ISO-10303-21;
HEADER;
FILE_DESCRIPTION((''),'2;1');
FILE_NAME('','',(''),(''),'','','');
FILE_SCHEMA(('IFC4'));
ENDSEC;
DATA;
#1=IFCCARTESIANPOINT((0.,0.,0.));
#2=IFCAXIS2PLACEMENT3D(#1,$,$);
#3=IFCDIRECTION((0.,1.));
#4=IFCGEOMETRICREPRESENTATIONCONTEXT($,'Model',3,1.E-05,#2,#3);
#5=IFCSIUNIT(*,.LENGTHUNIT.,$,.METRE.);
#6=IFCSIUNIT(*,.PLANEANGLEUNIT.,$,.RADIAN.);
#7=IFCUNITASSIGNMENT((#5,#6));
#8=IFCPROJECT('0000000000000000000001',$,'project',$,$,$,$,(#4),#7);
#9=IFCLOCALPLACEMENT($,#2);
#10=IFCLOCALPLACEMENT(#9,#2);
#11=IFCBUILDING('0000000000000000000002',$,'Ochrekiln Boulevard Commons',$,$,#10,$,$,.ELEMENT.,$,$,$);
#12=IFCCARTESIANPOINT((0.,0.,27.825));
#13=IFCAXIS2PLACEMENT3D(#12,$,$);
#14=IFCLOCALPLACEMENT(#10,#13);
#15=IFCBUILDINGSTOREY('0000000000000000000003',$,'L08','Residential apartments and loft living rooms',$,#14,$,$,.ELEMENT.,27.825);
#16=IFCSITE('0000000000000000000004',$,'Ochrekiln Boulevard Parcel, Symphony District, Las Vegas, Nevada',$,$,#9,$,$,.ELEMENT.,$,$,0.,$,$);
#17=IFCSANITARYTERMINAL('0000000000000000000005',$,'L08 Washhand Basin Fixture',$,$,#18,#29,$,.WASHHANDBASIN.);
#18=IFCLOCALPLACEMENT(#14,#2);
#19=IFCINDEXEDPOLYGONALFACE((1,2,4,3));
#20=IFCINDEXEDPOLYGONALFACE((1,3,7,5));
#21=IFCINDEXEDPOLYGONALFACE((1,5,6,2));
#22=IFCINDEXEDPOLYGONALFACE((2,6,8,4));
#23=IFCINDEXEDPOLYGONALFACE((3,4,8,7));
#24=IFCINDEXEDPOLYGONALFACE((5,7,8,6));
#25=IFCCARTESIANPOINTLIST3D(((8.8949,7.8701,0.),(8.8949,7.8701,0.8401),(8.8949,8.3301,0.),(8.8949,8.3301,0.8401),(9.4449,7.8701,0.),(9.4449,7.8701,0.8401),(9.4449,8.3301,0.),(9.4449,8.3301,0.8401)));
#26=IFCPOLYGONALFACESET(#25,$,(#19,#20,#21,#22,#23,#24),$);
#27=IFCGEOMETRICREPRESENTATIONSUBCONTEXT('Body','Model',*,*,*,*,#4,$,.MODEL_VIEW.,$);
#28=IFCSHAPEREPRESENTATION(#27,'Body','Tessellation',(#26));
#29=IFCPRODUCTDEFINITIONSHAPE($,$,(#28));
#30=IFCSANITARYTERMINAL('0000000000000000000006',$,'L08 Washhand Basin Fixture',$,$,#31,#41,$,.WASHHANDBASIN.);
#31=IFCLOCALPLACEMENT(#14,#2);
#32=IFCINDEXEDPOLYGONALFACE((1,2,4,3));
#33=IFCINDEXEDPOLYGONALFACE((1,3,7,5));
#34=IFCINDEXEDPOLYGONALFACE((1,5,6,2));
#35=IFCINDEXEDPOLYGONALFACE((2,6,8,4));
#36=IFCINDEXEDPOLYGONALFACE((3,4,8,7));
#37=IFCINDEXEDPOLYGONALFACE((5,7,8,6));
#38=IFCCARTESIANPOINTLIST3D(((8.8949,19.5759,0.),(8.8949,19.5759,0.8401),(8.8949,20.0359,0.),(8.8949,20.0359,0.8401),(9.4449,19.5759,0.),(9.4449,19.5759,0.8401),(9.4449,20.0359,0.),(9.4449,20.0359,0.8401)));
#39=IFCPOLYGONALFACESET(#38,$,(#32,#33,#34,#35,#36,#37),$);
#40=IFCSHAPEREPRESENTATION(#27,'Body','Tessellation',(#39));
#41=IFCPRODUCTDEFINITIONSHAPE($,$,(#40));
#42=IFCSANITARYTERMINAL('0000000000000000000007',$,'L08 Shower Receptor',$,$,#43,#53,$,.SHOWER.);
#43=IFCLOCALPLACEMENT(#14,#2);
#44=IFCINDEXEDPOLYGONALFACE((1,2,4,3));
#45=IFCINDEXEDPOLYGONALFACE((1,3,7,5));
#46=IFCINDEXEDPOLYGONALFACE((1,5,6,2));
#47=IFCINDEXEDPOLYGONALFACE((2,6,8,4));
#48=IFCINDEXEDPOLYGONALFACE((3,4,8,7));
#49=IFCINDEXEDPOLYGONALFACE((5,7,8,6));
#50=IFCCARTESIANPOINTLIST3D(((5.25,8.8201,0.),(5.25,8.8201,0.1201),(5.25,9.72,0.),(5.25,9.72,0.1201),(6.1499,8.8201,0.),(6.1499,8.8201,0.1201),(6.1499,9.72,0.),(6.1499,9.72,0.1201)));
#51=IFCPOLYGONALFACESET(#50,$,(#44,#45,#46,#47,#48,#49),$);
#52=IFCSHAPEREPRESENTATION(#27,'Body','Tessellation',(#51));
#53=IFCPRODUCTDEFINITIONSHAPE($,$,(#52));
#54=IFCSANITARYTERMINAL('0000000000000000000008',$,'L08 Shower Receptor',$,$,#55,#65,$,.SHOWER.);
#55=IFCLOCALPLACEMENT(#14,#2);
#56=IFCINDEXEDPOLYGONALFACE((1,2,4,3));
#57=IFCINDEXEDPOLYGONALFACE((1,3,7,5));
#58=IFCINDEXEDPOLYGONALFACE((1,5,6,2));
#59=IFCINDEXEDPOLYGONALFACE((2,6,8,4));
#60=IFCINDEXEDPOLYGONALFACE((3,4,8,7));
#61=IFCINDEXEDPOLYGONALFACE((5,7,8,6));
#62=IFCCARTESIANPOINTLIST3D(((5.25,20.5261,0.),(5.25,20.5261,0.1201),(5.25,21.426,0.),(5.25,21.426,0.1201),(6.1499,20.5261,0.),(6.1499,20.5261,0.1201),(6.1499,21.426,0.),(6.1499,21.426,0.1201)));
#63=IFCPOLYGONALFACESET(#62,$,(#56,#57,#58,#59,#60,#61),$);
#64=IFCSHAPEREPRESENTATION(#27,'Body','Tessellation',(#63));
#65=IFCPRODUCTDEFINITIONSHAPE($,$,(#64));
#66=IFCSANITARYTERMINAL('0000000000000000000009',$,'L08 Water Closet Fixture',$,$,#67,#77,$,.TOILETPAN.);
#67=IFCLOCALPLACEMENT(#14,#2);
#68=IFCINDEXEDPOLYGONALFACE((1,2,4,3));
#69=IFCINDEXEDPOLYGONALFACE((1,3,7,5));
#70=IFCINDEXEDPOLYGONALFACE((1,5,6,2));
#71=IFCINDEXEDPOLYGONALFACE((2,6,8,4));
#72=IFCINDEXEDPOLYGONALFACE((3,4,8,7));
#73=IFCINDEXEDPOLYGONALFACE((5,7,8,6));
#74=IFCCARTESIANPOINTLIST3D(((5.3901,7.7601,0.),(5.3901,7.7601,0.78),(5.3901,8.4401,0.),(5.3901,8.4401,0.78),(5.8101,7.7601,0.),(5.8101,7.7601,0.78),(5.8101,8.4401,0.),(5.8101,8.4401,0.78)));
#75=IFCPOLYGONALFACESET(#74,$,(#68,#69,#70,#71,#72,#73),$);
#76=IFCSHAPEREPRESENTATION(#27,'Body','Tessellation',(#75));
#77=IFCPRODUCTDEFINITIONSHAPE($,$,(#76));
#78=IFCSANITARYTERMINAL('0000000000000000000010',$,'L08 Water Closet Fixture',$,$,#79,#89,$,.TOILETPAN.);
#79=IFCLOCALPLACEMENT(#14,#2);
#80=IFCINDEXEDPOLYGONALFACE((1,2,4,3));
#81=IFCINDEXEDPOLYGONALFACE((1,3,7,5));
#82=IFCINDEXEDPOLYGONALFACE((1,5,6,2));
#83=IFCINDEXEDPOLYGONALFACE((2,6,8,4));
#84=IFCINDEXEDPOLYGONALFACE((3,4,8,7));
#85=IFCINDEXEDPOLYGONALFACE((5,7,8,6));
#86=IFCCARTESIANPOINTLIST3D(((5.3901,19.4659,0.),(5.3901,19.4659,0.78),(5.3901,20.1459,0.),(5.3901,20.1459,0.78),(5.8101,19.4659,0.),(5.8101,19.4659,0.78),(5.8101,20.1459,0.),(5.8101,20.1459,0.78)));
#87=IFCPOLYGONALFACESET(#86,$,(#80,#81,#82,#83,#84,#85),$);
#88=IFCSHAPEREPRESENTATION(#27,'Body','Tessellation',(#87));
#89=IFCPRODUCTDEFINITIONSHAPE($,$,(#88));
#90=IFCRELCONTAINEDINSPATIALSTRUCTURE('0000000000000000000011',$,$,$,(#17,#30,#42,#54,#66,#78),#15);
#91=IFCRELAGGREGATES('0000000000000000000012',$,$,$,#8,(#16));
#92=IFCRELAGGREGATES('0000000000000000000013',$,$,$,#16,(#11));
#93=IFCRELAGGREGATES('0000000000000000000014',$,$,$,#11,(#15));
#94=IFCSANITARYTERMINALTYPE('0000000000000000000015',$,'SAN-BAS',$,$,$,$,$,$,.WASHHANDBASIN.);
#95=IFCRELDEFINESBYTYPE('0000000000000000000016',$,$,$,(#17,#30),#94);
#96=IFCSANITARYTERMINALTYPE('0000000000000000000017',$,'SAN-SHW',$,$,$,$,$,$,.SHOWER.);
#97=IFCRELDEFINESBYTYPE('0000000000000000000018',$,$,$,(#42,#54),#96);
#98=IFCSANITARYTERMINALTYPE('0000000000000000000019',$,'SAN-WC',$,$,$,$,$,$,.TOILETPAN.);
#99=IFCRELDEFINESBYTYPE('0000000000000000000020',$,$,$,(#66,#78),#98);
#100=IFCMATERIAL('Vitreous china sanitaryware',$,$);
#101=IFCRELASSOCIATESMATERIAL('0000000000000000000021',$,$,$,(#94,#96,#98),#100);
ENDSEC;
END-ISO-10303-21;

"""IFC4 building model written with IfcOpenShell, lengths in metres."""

from ifc_helpers import new_model, si_unit, direction, frame, origin, origin_2d, place, context, subcontext, project, spatial, rectangle, extrude, material, type_object, element, save


model = new_model("IFC4")

# Units and contexts
model_context = context("Model", 3, precision=1e-05, world=origin(), true_north=direction((0.0, 1.0)))
body_context = subcontext(model_context, "Body", "Model", "MODEL_VIEW")
ifc_project = project(units=[si_unit("LENGTHUNIT", "METRE"), si_unit("PLANEANGLEUNIT", "RADIAN")], contexts=[model_context])

# Site, building, storey
site_placement = place(None, origin())
site = spatial("IfcSite", under=ifc_project, at=site_placement, Name="Ochrekiln Boulevard Parcel, Symphony District, Las Vegas, Nevada", CompositionType="ELEMENT", RefElevation=0.0)
building_placement = place(site_placement, origin())
building = spatial("IfcBuilding", under=site, at=building_placement, Name="Ochrekiln Boulevard Commons", CompositionType="ELEMENT")
storey_placement = place(building_placement, frame((0.0, 0.0, 27.825)))
storey = spatial("IfcBuildingStorey", under=building, at=storey_placement, Name="L08", Description="Residential apartments and loft living rooms", CompositionType="ELEMENT", Elevation=27.825)

# Sanitary terminals
ifc_material_1 = material(Name="Vitreous china sanitaryware")
sanitary_terminal_type_1 = type_object("IfcSanitaryTerminalType", Name="SAN-BAS", PredefinedType="WASHHANDBASIN", material=ifc_material_1)
for number, where, z_axis, x_axis, name in (
    (1, (9.1699, 8.1001, 0.0), (0.0, 0.0, 1.0), (1.0, 0.0, 0.0), "L08 Washhand Basin Fixture"),
    (2, (9.1699, 19.8059, 0.0), (0.0, 0.0, 1.0), (1.0, 0.0, 0.0), "L08 Washhand Basin Fixture"),
):
    element("IfcSanitaryTerminal", number, at=place(storey_placement, frame(where, z_axis=z_axis, x_axis=x_axis)), inside=storey, type_object=sanitary_terminal_type_1, Name=name, PredefinedType="WASHHANDBASIN", context=body_context, shape_type="SweptSolid", body=[
        extrude(rectangle(XDim=0.55, YDim=0.46, at=origin_2d()), origin(), (0.0, 0.0, 1.0), 0.8401),
    ])
sanitary_terminal_type_2 = type_object("IfcSanitaryTerminalType", Name="SAN-SHW", PredefinedType="SHOWER", material=ifc_material_1)
for number, where, z_axis, x_axis, name in (
    (3, (5.7, 9.27, 0.0), (0.0, 0.0, 1.0), (1.0, 0.0, 0.0), "L08 Shower Receptor"),
    (4, (5.7, 20.9761, 0.0), (0.0, 0.0, 1.0), (1.0, 0.0, 0.0), "L08 Shower Receptor"),
):
    element("IfcSanitaryTerminal", number, at=place(storey_placement, frame(where, z_axis=z_axis, x_axis=x_axis)), inside=storey, type_object=sanitary_terminal_type_2, Name=name, PredefinedType="SHOWER", context=body_context, shape_type="SweptSolid", body=[
        extrude(rectangle(XDim=0.8999, YDim=0.8999, at=origin_2d()), origin(), (0.0, 0.0, 1.0), 0.1201),
    ])
sanitary_terminal_type_3 = type_object("IfcSanitaryTerminalType", Name="SAN-WC", PredefinedType="TOILETPAN", material=ifc_material_1)
for number, where, z_axis, x_axis, name in (
    (5, (5.6001, 8.1001, 0.0), (0.0, 0.0, 1.0), (1.0, 0.0, 0.0), "L08 Water Closet Fixture"),
    (6, (5.6001, 19.8059, 0.0), (0.0, 0.0, 1.0), (1.0, 0.0, 0.0), "L08 Water Closet Fixture"),
):
    element("IfcSanitaryTerminal", number, at=place(storey_placement, frame(where, z_axis=z_axis, x_axis=x_axis)), inside=storey, type_object=sanitary_terminal_type_3, Name=name, PredefinedType="TOILETPAN", context=body_context, shape_type="SweptSolid", body=[
        extrude(rectangle(XDim=0.4199, YDim=0.6799, at=origin_2d()), origin(), (0.0, 0.0, 1.0), 0.78),
    ])

save(model, "model.ifc")
